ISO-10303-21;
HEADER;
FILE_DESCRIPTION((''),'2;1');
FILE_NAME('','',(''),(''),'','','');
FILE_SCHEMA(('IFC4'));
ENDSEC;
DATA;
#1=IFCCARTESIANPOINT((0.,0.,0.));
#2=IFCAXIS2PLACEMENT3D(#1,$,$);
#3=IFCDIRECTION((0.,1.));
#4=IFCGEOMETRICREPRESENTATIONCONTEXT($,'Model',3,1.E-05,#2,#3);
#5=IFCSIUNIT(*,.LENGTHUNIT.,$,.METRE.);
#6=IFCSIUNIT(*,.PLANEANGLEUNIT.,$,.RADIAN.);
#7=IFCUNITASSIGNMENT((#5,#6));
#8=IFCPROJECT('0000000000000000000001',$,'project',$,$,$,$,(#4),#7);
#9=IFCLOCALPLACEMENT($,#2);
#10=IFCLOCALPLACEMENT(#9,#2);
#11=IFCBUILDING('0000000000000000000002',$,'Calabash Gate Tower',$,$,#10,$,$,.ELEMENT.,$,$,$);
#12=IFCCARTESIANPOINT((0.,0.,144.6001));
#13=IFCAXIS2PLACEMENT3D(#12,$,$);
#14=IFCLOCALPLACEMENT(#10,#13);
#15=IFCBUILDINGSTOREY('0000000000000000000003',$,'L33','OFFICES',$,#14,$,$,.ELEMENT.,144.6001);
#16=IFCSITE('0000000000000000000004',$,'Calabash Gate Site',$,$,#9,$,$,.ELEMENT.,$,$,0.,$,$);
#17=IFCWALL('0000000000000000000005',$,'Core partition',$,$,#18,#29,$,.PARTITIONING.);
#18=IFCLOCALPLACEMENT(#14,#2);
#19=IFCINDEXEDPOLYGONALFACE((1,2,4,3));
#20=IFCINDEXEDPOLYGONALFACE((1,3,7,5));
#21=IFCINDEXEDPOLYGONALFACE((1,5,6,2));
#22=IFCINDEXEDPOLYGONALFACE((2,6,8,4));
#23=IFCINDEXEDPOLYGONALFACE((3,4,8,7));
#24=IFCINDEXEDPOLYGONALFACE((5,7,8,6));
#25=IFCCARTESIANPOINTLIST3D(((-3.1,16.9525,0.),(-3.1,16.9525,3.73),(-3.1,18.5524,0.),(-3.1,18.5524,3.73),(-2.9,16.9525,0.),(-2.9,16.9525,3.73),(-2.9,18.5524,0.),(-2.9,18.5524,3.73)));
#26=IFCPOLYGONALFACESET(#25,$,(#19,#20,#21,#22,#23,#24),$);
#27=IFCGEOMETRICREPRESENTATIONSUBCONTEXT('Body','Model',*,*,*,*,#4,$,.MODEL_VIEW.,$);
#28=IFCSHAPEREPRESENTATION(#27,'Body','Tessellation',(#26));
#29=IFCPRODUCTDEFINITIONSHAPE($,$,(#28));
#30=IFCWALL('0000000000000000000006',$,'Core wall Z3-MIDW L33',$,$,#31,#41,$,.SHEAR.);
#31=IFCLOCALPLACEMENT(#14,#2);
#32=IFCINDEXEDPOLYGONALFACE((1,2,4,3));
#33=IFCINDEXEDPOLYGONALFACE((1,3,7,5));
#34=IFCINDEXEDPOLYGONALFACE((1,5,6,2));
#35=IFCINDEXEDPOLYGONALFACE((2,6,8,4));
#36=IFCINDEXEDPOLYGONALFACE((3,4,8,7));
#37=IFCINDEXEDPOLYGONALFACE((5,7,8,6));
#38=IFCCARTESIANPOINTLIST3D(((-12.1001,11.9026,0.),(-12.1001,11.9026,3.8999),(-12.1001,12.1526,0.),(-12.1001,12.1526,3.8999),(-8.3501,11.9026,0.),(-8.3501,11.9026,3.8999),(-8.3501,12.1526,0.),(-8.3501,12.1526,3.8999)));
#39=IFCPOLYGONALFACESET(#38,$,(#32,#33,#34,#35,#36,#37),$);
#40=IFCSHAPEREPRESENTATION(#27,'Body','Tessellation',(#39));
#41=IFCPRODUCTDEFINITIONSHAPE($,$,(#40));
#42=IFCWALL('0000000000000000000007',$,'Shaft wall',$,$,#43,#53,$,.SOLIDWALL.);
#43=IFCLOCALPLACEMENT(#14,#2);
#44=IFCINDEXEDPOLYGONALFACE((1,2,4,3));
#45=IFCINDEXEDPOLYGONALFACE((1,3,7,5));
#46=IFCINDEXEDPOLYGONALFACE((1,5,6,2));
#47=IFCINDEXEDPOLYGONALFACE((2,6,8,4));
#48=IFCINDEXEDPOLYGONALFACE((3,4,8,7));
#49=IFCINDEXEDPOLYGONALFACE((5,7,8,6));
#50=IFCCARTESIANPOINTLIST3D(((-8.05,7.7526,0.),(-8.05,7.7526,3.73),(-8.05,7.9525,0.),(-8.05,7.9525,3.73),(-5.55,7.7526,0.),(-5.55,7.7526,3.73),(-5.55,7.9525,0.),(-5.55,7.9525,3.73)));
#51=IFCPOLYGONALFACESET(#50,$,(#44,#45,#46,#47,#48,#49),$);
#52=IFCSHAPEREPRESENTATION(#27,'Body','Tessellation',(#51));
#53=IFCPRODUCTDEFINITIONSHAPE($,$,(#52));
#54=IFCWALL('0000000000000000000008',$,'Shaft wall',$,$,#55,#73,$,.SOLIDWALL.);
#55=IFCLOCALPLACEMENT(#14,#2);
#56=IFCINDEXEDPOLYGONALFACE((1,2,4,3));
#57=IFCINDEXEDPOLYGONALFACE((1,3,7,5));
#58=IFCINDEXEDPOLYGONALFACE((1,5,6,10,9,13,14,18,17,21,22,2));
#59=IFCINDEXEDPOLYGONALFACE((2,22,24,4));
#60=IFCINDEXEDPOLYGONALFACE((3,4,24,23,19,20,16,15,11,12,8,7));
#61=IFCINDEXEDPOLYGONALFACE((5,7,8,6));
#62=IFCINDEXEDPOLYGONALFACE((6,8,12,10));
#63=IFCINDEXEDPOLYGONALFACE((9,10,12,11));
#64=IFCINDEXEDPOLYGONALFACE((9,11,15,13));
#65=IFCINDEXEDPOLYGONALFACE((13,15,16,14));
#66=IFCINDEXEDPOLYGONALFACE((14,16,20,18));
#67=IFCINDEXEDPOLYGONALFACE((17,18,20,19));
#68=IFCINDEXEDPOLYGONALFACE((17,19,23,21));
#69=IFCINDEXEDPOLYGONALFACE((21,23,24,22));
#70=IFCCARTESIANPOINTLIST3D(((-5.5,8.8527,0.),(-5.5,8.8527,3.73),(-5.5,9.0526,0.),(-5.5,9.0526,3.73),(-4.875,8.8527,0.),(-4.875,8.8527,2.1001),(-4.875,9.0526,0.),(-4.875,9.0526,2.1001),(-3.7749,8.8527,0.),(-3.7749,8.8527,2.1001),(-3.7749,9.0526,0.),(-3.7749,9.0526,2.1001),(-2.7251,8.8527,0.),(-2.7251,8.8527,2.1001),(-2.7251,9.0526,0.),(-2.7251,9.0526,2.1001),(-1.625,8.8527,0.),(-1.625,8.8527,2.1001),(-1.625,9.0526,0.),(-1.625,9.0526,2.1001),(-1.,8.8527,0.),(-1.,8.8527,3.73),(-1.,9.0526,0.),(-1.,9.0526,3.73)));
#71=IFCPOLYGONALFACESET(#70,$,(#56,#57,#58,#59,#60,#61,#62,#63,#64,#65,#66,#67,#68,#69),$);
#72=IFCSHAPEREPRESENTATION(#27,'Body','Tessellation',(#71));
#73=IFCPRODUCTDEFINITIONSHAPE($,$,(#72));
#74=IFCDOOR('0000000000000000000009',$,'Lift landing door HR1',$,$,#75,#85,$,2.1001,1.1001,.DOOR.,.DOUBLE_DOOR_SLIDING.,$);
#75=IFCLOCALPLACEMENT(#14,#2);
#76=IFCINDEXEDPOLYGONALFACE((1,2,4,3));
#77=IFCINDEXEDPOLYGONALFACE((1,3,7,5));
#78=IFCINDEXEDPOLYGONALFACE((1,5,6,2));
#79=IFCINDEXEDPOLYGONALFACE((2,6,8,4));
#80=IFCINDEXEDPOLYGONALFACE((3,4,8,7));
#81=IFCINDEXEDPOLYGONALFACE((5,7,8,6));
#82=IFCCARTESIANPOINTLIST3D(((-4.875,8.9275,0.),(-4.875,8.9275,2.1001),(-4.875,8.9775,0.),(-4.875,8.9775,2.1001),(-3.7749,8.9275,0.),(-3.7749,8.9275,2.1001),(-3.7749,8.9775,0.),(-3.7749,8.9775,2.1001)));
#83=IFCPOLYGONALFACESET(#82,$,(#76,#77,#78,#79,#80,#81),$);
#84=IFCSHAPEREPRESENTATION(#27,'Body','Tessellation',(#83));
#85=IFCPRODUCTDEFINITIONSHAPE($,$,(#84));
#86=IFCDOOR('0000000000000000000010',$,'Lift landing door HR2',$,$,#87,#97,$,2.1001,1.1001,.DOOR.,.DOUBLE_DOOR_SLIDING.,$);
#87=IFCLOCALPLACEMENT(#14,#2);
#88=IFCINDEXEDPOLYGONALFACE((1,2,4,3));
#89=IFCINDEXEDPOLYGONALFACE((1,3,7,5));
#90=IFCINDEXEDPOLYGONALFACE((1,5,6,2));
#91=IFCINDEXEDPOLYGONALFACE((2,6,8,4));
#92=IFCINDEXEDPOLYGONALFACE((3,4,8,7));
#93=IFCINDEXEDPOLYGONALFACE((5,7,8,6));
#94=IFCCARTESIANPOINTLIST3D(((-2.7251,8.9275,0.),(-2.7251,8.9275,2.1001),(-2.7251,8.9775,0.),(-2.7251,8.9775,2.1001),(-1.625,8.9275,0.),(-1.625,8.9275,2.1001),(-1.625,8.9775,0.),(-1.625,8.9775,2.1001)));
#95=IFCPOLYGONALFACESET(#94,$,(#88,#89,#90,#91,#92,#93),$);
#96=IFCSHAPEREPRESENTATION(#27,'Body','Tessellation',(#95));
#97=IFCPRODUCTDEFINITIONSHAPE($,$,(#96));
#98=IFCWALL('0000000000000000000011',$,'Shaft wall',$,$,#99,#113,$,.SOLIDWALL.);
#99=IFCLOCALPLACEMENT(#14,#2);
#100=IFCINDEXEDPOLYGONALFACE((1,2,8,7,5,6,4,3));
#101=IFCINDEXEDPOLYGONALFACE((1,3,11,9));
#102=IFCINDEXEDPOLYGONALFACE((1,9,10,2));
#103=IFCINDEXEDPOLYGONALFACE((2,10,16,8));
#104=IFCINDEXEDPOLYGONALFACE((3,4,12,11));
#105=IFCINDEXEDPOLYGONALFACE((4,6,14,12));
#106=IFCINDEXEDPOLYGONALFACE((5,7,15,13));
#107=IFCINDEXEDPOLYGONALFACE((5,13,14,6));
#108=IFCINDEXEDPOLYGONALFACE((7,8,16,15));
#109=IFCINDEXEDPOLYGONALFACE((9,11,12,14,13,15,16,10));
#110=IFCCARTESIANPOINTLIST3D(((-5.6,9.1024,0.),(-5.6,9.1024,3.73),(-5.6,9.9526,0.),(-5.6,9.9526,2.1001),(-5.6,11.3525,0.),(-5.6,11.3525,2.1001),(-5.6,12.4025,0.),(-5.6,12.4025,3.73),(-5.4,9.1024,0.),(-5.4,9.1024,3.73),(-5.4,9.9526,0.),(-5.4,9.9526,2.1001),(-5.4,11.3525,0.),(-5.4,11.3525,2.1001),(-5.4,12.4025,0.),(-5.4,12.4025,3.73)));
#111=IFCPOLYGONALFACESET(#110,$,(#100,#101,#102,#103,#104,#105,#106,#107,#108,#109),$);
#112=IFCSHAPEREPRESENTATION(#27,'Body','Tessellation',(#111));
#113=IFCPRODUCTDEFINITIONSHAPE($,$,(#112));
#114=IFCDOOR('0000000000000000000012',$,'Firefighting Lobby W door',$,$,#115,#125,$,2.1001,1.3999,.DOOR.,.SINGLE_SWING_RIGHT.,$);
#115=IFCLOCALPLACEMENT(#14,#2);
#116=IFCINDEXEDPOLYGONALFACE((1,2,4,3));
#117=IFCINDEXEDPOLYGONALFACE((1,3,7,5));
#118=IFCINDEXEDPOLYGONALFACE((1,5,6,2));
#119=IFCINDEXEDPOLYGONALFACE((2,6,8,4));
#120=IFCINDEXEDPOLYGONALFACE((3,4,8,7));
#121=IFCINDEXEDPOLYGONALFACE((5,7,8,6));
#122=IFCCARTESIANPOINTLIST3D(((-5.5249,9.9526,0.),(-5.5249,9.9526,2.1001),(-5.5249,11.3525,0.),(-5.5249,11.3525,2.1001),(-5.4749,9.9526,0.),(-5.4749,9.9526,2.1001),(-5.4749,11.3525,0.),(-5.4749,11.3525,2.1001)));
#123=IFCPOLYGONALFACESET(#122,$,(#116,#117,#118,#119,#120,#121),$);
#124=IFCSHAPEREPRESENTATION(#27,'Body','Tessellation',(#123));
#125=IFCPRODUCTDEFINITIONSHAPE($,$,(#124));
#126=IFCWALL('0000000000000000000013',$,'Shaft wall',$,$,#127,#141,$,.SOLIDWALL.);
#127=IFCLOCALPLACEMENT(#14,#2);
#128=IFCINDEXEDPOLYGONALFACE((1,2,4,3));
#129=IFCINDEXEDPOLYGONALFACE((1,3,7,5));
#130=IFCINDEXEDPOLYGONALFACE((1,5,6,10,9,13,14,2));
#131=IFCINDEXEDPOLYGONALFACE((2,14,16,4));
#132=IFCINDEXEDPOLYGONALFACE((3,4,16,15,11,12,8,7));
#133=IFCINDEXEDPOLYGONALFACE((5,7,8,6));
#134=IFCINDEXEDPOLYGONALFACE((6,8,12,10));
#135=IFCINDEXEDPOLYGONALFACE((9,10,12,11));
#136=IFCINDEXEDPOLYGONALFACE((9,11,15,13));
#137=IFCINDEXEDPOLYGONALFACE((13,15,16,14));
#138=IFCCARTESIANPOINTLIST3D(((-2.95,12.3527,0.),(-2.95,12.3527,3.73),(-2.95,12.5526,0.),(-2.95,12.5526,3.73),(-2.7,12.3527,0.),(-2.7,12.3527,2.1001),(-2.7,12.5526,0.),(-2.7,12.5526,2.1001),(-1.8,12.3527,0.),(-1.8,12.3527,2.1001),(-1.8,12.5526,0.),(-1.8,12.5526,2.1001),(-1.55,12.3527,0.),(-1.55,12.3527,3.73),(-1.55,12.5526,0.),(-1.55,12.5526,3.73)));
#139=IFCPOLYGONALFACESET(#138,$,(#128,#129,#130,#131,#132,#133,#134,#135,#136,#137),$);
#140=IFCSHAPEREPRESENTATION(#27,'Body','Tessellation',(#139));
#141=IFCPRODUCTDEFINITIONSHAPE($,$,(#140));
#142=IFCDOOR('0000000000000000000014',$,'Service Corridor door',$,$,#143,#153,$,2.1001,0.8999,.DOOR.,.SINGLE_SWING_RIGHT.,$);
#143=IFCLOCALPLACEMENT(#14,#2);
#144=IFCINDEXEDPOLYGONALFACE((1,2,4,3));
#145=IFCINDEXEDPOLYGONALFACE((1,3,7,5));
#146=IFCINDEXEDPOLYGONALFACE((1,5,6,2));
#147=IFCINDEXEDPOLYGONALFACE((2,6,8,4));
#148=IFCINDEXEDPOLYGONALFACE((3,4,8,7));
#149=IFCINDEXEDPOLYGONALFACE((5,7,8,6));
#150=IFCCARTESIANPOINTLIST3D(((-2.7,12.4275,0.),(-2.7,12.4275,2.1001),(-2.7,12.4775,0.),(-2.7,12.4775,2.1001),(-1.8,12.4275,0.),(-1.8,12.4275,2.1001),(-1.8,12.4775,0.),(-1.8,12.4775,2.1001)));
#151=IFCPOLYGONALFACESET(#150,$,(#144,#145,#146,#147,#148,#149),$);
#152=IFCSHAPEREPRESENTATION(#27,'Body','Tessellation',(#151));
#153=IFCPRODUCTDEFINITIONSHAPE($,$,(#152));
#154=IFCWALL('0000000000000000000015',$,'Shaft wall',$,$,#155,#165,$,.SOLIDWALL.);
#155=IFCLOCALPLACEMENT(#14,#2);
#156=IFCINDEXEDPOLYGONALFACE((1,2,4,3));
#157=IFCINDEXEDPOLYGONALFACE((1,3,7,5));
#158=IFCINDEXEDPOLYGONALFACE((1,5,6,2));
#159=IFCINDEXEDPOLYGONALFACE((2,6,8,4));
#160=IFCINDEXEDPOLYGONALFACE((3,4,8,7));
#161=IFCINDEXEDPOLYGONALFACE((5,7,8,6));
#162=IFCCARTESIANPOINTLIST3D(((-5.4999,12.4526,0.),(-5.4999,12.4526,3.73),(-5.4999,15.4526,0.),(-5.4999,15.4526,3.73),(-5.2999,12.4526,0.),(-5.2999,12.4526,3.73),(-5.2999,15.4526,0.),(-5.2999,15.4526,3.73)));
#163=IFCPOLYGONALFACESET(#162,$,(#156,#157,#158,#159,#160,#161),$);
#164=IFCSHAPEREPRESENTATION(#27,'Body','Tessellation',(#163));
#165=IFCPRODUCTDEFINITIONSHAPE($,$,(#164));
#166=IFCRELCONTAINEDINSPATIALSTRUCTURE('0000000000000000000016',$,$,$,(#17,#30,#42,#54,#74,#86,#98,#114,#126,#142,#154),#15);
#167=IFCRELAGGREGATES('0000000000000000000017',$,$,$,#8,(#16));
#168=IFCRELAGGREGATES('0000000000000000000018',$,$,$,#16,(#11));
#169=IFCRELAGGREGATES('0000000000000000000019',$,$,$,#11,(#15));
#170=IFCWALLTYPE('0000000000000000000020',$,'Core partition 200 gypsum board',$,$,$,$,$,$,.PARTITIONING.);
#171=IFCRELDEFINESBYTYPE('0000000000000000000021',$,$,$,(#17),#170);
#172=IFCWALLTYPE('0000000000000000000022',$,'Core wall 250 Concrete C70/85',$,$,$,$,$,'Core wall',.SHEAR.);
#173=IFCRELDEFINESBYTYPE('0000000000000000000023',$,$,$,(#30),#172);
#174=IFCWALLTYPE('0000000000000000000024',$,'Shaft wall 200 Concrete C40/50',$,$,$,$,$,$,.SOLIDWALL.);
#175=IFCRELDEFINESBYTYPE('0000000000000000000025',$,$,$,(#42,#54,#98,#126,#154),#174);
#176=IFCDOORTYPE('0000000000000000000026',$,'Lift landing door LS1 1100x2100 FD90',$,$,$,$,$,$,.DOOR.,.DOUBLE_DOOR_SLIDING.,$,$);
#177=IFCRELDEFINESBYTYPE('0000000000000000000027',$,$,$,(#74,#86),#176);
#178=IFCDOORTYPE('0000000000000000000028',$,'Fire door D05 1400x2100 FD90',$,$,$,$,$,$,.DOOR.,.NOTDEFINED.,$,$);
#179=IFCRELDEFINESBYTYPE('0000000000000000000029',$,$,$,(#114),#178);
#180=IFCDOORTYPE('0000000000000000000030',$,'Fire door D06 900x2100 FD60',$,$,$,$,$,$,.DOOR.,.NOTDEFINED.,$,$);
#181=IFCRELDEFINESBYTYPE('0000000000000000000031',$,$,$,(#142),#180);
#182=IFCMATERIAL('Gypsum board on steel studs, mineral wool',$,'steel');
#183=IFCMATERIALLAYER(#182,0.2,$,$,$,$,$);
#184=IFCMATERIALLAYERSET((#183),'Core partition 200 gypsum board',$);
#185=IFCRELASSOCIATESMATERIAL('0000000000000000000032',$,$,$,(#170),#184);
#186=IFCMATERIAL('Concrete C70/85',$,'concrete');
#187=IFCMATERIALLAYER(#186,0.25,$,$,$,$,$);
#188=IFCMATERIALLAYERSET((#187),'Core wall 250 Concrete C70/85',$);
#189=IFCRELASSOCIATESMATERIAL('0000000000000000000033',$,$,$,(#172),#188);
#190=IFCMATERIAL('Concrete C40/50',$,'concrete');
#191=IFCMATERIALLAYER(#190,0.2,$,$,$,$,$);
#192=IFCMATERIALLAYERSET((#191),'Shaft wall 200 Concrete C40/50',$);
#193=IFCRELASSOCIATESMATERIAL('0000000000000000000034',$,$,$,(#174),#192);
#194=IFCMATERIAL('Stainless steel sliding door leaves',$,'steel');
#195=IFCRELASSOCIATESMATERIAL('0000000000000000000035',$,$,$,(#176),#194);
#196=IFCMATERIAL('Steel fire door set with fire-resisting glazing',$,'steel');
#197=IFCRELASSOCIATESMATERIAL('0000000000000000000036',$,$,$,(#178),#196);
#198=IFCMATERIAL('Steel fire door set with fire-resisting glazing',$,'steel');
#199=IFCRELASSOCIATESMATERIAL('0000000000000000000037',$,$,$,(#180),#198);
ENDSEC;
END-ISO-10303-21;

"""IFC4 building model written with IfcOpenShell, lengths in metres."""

from ifc_helpers import new_model, si_unit, direction, frame, frame_2d, origin, place, context, subcontext, project, spatial, rectangle, extrude, material, layer, layer_set, type_object, element, fill, save


model = new_model("IFC4")

# Units and contexts
model_context = context("Model", 3, precision=1e-05, world=origin(), true_north=direction((0.0, 1.0)))
body_context = subcontext(model_context, "Body", "Model", "MODEL_VIEW")
ifc_project = project(units=[si_unit("LENGTHUNIT", "METRE"), si_unit("PLANEANGLEUNIT", "RADIAN")], contexts=[model_context])

# Site, building, storey
site_placement = place(None, origin())
site = spatial("IfcSite", under=ifc_project, at=site_placement, Name="Calabash Gate Site", CompositionType="ELEMENT", RefElevation=0.0)
building_placement = place(site_placement, origin())
building = spatial("IfcBuilding", under=site, at=building_placement, Name="Calabash Gate Tower", CompositionType="ELEMENT")
storey_placement = place(building_placement, frame((0.0, 0.0, 144.6001)))
storey = spatial("IfcBuildingStorey", under=building, at=storey_placement, Name="L33", Description="OFFICES", CompositionType="ELEMENT", Elevation=144.6001)

# Walls
ifc_material_1 = material(Name="Gypsum board on steel studs, mineral wool", Category="steel")
ifc_layer_1 = layer(ifc_material_1, 0.2)
ifc_layer_set_1 = layer_set([ifc_layer_1], Name="Core partition 200 gypsum board")
wall_type_1 = type_object("IfcWallType", Name="Core partition 200 gypsum board", PredefinedType="PARTITIONING", material=ifc_layer_set_1)
wall_1_placement = place(storey_placement, frame((-3.0, 16.9526, 0.0), z_axis=(0.0, 0.0, 1.0), x_axis=(0.0, 1.0, 0.0)))
element("IfcWall", 1, at=wall_1_placement, inside=storey, type_object=wall_type_1, Name="Core partition", PredefinedType="PARTITIONING", context=body_context, shape_type="SweptSolid", body=[
    extrude(rectangle(XDim=1.5999, YDim=0.2, at=frame_2d((0.7998, 0.0))), origin(), (0.0, 0.0, 1.0), 3.73),
])
ifc_material_2 = material(Name="Concrete C70/85", Category="concrete")
ifc_layer_2 = layer(ifc_material_2, 0.25)
ifc_layer_set_2 = layer_set([ifc_layer_2], Name="Core wall 250 Concrete C70/85")
wall_type_2 = type_object("IfcWallType", Name="Core wall 250 Concrete C70/85", ElementType="Core wall", PredefinedType="SHEAR", material=ifc_layer_set_2)
wall_2_placement = place(storey_placement, frame((-12.1001, 12.0276, 0.0), z_axis=(0.0, 0.0, 1.0), x_axis=(1.0, 0.0, 0.0)))
element("IfcWall", 2, at=wall_2_placement, inside=storey, type_object=wall_type_2, Name="Core wall Z3-MIDW L33", PredefinedType="SHEAR", context=body_context, shape_type="SweptSolid", body=[
    extrude(rectangle(XDim=3.75, YDim=0.25, at=frame_2d((1.875, 0.0))), origin(), (0.0, 0.0, 1.0), 3.8999),
])
ifc_material_3 = material(Name="Concrete C40/50", Category="concrete")
ifc_layer_3 = layer(ifc_material_3, 0.2)
ifc_layer_set_3 = layer_set([ifc_layer_3], Name="Shaft wall 200 Concrete C40/50")
wall_type_3 = type_object("IfcWallType", Name="Shaft wall 200 Concrete C40/50", PredefinedType="SOLIDWALL", material=ifc_layer_set_3)
wall_3_placement = place(storey_placement, frame((-8.05, 7.8525, 0.0), z_axis=(0.0, 0.0, 1.0), x_axis=(1.0, 0.0, 0.0)))
element("IfcWall", 3, at=wall_3_placement, inside=storey, type_object=wall_type_3, Name="Shaft wall", PredefinedType="SOLIDWALL", context=body_context, shape_type="SweptSolid", body=[
    extrude(rectangle(XDim=2.5, YDim=0.2, at=frame_2d((1.25, 0.0))), origin(), (0.0, 0.0, 1.0), 3.73),
])

# Wall, openings, doors
wall_4_placement = place(storey_placement, frame((-5.5, 8.9526, 0.0), z_axis=(0.0, 0.0, 1.0), x_axis=(1.0, 0.0, 0.0)))
wall_4 = element("IfcWall", 4, at=wall_4_placement, inside=storey, type_object=wall_type_3, Name="Shaft wall", PredefinedType="SOLIDWALL", context=body_context, shape_type="SweptSolid", body=[
    extrude(rectangle(XDim=4.5, YDim=0.2, at=frame_2d((2.25, 0.0))), origin(), (0.0, 0.0, 1.0), 3.73),
])
opening_1_placement = place(wall_4_placement, frame((0.625, 0.0, 0.0)))
opening_1 = element("IfcOpeningElement", 5, at=opening_1_placement, cuts=wall_4, PredefinedType="OPENING", context=body_context, shape_type="SweptSolid", body=[
    extrude(rectangle(XDim=1.1001, YDim=2.1001, at=frame_2d((0.55, 1.05))), frame((0.0, 0.1099, 0.0), z_axis=(0.0, -1.0, 0.0), x_axis=(1.0, 0.0, 0.0)), (0.0, 0.0, 1.0), 0.22),
])
opening_2_placement = place(wall_4_placement, frame((2.7749, 0.0, 0.0)))
opening_2 = element("IfcOpeningElement", 6, at=opening_2_placement, cuts=wall_4, PredefinedType="OPENING", context=body_context, shape_type="SweptSolid", body=[
    extrude(rectangle(XDim=1.1001, YDim=2.1001, at=frame_2d((0.55, 1.05))), frame((0.0, 0.1099, 0.0), z_axis=(0.0, -1.0, 0.0), x_axis=(1.0, 0.0, 0.0)), (0.0, 0.0, 1.0), 0.22),
])
ifc_material_4 = material(Name="Stainless steel sliding door leaves", Category="steel")
door_type_1 = type_object("IfcDoorType", Name="Lift landing door LS1 1100x2100 FD90", OperationType="DOUBLE_DOOR_SLIDING", PredefinedType="DOOR", material=ifc_material_4)
door_1_placement = place(opening_1_placement, origin())
door_1 = element("IfcDoor", 7, at=door_1_placement, inside=storey, type_object=door_type_1, Name="Lift landing door HR1", OperationType="DOUBLE_DOOR_SLIDING", OverallHeight=2.1001, OverallWidth=1.1001, PredefinedType="DOOR", context=body_context, shape_type="SweptSolid", body=[
    extrude(rectangle(XDim=1.1001, YDim=2.1001, at=frame_2d((0.55, 1.05))), frame((0.0, 0.0249, 0.0), z_axis=(0.0, -1.0, 0.0), x_axis=(1.0, 0.0, 0.0)), (0.0, 0.0, 1.0), 0.05),
])
fill(opening_1, door_1)
door_2_placement = place(opening_2_placement, origin())
door_2 = element("IfcDoor", 8, at=door_2_placement, inside=storey, type_object=door_type_1, Name="Lift landing door HR2", OperationType="DOUBLE_DOOR_SLIDING", OverallHeight=2.1001, OverallWidth=1.1001, PredefinedType="DOOR", context=body_context, shape_type="SweptSolid", body=[
    extrude(rectangle(XDim=1.1001, YDim=2.1001, at=frame_2d((0.55, 1.05))), frame((0.0, 0.0249, 0.0), z_axis=(0.0, -1.0, 0.0), x_axis=(1.0, 0.0, 0.0)), (0.0, 0.0, 1.0), 0.05),
])
fill(opening_2, door_2)

# Walls, openings, doors
wall_5_placement = place(storey_placement, frame((-5.5, 9.1025, 0.0), z_axis=(0.0, 0.0, 1.0), x_axis=(0.0, 1.0, 0.0)))
wall_5 = element("IfcWall", 9, at=wall_5_placement, inside=storey, type_object=wall_type_3, Name="Shaft wall", PredefinedType="SOLIDWALL", context=body_context, shape_type="SweptSolid", body=[
    extrude(rectangle(XDim=3.3, YDim=0.2, at=frame_2d((1.6499, 0.0))), origin(), (0.0, 0.0, 1.0), 3.73),
])
opening_3_placement = place(wall_5_placement, frame((0.8501, 0.0, 0.0)))
opening_3 = element("IfcOpeningElement", 10, at=opening_3_placement, cuts=wall_5, PredefinedType="OPENING", context=body_context, shape_type="SweptSolid", body=[
    extrude(rectangle(XDim=1.3999, YDim=2.1001, at=frame_2d((0.7, 1.05))), frame((0.0, 0.1099, 0.0), z_axis=(0.0, -1.0, 0.0), x_axis=(1.0, 0.0, 0.0)), (0.0, 0.0, 1.0), 0.22),
])
ifc_material_5 = material(Name="Steel fire door set with fire-resisting glazing", Category="steel")
door_type_2 = type_object("IfcDoorType", Name="Fire door D05 1400x2100 FD90", OperationType="NOTDEFINED", PredefinedType="DOOR", material=ifc_material_5)
door_3_placement = place(opening_3_placement, origin())
door_3 = element("IfcDoor", 11, at=door_3_placement, inside=storey, type_object=door_type_2, Name="Firefighting Lobby W door", OperationType="SINGLE_SWING_RIGHT", OverallHeight=2.1001, OverallWidth=1.3999, PredefinedType="DOOR", context=body_context, shape_type="SweptSolid", body=[
    extrude(rectangle(XDim=1.3999, YDim=2.1001, at=frame_2d((0.7, 1.05))), frame((0.0, 0.0249, 0.0), z_axis=(0.0, -1.0, 0.0), x_axis=(1.0, 0.0, 0.0)), (0.0, 0.0, 1.0), 0.05),
])
fill(opening_3, door_3)
wall_6_placement = place(storey_placement, frame((-2.95, 12.4526, 0.0), z_axis=(0.0, 0.0, 1.0), x_axis=(1.0, 0.0, 0.0)))
wall_6 = element("IfcWall", 12, at=wall_6_placement, inside=storey, type_object=wall_type_3, Name="Shaft wall", PredefinedType="SOLIDWALL", context=body_context, shape_type="SweptSolid", body=[
    extrude(rectangle(XDim=1.3999, YDim=0.2, at=frame_2d((0.7, 0.0))), origin(), (0.0, 0.0, 1.0), 3.73),
])
opening_4_placement = place(wall_6_placement, frame((0.25, 0.0, 0.0)))
opening_4 = element("IfcOpeningElement", 13, at=opening_4_placement, cuts=wall_6, PredefinedType="OPENING", context=body_context, shape_type="SweptSolid", body=[
    extrude(rectangle(XDim=0.8999, YDim=2.1001, at=frame_2d((0.45, 1.05))), frame((0.0, 0.1099, 0.0), z_axis=(0.0, -1.0, 0.0), x_axis=(1.0, 0.0, 0.0)), (0.0, 0.0, 1.0), 0.22),
])
ifc_material_6 = material(Name="Steel fire door set with fire-resisting glazing", Category="steel")
door_type_3 = type_object("IfcDoorType", Name="Fire door D06 900x2100 FD60", OperationType="NOTDEFINED", PredefinedType="DOOR", material=ifc_material_6)
door_4_placement = place(opening_4_placement, origin())
door_4 = element("IfcDoor", 14, at=door_4_placement, inside=storey, type_object=door_type_3, Name="Service Corridor door", OperationType="SINGLE_SWING_RIGHT", OverallHeight=2.1001, OverallWidth=0.8999, PredefinedType="DOOR", context=body_context, shape_type="SweptSolid", body=[
    extrude(rectangle(XDim=0.8999, YDim=2.1001, at=frame_2d((0.45, 1.05))), frame((0.0, 0.0249, 0.0), z_axis=(0.0, -1.0, 0.0), x_axis=(1.0, 0.0, 0.0)), (0.0, 0.0, 1.0), 0.05),
])
fill(opening_4, door_4)

# Wall
wall_7_placement = place(storey_placement, frame((-5.3999, 12.4526, 0.0), z_axis=(0.0, 0.0, 1.0), x_axis=(0.0, 1.0, 0.0)))
element("IfcWall", 15, at=wall_7_placement, inside=storey, type_object=wall_type_3, Name="Shaft wall", PredefinedType="SOLIDWALL", context=body_context, shape_type="SweptSolid", body=[
    extrude(rectangle(XDim=3.0, YDim=0.2, at=frame_2d((1.5, 0.0))), origin(), (0.0, 0.0, 1.0), 3.73),
])

save(model, "model.ifc")
